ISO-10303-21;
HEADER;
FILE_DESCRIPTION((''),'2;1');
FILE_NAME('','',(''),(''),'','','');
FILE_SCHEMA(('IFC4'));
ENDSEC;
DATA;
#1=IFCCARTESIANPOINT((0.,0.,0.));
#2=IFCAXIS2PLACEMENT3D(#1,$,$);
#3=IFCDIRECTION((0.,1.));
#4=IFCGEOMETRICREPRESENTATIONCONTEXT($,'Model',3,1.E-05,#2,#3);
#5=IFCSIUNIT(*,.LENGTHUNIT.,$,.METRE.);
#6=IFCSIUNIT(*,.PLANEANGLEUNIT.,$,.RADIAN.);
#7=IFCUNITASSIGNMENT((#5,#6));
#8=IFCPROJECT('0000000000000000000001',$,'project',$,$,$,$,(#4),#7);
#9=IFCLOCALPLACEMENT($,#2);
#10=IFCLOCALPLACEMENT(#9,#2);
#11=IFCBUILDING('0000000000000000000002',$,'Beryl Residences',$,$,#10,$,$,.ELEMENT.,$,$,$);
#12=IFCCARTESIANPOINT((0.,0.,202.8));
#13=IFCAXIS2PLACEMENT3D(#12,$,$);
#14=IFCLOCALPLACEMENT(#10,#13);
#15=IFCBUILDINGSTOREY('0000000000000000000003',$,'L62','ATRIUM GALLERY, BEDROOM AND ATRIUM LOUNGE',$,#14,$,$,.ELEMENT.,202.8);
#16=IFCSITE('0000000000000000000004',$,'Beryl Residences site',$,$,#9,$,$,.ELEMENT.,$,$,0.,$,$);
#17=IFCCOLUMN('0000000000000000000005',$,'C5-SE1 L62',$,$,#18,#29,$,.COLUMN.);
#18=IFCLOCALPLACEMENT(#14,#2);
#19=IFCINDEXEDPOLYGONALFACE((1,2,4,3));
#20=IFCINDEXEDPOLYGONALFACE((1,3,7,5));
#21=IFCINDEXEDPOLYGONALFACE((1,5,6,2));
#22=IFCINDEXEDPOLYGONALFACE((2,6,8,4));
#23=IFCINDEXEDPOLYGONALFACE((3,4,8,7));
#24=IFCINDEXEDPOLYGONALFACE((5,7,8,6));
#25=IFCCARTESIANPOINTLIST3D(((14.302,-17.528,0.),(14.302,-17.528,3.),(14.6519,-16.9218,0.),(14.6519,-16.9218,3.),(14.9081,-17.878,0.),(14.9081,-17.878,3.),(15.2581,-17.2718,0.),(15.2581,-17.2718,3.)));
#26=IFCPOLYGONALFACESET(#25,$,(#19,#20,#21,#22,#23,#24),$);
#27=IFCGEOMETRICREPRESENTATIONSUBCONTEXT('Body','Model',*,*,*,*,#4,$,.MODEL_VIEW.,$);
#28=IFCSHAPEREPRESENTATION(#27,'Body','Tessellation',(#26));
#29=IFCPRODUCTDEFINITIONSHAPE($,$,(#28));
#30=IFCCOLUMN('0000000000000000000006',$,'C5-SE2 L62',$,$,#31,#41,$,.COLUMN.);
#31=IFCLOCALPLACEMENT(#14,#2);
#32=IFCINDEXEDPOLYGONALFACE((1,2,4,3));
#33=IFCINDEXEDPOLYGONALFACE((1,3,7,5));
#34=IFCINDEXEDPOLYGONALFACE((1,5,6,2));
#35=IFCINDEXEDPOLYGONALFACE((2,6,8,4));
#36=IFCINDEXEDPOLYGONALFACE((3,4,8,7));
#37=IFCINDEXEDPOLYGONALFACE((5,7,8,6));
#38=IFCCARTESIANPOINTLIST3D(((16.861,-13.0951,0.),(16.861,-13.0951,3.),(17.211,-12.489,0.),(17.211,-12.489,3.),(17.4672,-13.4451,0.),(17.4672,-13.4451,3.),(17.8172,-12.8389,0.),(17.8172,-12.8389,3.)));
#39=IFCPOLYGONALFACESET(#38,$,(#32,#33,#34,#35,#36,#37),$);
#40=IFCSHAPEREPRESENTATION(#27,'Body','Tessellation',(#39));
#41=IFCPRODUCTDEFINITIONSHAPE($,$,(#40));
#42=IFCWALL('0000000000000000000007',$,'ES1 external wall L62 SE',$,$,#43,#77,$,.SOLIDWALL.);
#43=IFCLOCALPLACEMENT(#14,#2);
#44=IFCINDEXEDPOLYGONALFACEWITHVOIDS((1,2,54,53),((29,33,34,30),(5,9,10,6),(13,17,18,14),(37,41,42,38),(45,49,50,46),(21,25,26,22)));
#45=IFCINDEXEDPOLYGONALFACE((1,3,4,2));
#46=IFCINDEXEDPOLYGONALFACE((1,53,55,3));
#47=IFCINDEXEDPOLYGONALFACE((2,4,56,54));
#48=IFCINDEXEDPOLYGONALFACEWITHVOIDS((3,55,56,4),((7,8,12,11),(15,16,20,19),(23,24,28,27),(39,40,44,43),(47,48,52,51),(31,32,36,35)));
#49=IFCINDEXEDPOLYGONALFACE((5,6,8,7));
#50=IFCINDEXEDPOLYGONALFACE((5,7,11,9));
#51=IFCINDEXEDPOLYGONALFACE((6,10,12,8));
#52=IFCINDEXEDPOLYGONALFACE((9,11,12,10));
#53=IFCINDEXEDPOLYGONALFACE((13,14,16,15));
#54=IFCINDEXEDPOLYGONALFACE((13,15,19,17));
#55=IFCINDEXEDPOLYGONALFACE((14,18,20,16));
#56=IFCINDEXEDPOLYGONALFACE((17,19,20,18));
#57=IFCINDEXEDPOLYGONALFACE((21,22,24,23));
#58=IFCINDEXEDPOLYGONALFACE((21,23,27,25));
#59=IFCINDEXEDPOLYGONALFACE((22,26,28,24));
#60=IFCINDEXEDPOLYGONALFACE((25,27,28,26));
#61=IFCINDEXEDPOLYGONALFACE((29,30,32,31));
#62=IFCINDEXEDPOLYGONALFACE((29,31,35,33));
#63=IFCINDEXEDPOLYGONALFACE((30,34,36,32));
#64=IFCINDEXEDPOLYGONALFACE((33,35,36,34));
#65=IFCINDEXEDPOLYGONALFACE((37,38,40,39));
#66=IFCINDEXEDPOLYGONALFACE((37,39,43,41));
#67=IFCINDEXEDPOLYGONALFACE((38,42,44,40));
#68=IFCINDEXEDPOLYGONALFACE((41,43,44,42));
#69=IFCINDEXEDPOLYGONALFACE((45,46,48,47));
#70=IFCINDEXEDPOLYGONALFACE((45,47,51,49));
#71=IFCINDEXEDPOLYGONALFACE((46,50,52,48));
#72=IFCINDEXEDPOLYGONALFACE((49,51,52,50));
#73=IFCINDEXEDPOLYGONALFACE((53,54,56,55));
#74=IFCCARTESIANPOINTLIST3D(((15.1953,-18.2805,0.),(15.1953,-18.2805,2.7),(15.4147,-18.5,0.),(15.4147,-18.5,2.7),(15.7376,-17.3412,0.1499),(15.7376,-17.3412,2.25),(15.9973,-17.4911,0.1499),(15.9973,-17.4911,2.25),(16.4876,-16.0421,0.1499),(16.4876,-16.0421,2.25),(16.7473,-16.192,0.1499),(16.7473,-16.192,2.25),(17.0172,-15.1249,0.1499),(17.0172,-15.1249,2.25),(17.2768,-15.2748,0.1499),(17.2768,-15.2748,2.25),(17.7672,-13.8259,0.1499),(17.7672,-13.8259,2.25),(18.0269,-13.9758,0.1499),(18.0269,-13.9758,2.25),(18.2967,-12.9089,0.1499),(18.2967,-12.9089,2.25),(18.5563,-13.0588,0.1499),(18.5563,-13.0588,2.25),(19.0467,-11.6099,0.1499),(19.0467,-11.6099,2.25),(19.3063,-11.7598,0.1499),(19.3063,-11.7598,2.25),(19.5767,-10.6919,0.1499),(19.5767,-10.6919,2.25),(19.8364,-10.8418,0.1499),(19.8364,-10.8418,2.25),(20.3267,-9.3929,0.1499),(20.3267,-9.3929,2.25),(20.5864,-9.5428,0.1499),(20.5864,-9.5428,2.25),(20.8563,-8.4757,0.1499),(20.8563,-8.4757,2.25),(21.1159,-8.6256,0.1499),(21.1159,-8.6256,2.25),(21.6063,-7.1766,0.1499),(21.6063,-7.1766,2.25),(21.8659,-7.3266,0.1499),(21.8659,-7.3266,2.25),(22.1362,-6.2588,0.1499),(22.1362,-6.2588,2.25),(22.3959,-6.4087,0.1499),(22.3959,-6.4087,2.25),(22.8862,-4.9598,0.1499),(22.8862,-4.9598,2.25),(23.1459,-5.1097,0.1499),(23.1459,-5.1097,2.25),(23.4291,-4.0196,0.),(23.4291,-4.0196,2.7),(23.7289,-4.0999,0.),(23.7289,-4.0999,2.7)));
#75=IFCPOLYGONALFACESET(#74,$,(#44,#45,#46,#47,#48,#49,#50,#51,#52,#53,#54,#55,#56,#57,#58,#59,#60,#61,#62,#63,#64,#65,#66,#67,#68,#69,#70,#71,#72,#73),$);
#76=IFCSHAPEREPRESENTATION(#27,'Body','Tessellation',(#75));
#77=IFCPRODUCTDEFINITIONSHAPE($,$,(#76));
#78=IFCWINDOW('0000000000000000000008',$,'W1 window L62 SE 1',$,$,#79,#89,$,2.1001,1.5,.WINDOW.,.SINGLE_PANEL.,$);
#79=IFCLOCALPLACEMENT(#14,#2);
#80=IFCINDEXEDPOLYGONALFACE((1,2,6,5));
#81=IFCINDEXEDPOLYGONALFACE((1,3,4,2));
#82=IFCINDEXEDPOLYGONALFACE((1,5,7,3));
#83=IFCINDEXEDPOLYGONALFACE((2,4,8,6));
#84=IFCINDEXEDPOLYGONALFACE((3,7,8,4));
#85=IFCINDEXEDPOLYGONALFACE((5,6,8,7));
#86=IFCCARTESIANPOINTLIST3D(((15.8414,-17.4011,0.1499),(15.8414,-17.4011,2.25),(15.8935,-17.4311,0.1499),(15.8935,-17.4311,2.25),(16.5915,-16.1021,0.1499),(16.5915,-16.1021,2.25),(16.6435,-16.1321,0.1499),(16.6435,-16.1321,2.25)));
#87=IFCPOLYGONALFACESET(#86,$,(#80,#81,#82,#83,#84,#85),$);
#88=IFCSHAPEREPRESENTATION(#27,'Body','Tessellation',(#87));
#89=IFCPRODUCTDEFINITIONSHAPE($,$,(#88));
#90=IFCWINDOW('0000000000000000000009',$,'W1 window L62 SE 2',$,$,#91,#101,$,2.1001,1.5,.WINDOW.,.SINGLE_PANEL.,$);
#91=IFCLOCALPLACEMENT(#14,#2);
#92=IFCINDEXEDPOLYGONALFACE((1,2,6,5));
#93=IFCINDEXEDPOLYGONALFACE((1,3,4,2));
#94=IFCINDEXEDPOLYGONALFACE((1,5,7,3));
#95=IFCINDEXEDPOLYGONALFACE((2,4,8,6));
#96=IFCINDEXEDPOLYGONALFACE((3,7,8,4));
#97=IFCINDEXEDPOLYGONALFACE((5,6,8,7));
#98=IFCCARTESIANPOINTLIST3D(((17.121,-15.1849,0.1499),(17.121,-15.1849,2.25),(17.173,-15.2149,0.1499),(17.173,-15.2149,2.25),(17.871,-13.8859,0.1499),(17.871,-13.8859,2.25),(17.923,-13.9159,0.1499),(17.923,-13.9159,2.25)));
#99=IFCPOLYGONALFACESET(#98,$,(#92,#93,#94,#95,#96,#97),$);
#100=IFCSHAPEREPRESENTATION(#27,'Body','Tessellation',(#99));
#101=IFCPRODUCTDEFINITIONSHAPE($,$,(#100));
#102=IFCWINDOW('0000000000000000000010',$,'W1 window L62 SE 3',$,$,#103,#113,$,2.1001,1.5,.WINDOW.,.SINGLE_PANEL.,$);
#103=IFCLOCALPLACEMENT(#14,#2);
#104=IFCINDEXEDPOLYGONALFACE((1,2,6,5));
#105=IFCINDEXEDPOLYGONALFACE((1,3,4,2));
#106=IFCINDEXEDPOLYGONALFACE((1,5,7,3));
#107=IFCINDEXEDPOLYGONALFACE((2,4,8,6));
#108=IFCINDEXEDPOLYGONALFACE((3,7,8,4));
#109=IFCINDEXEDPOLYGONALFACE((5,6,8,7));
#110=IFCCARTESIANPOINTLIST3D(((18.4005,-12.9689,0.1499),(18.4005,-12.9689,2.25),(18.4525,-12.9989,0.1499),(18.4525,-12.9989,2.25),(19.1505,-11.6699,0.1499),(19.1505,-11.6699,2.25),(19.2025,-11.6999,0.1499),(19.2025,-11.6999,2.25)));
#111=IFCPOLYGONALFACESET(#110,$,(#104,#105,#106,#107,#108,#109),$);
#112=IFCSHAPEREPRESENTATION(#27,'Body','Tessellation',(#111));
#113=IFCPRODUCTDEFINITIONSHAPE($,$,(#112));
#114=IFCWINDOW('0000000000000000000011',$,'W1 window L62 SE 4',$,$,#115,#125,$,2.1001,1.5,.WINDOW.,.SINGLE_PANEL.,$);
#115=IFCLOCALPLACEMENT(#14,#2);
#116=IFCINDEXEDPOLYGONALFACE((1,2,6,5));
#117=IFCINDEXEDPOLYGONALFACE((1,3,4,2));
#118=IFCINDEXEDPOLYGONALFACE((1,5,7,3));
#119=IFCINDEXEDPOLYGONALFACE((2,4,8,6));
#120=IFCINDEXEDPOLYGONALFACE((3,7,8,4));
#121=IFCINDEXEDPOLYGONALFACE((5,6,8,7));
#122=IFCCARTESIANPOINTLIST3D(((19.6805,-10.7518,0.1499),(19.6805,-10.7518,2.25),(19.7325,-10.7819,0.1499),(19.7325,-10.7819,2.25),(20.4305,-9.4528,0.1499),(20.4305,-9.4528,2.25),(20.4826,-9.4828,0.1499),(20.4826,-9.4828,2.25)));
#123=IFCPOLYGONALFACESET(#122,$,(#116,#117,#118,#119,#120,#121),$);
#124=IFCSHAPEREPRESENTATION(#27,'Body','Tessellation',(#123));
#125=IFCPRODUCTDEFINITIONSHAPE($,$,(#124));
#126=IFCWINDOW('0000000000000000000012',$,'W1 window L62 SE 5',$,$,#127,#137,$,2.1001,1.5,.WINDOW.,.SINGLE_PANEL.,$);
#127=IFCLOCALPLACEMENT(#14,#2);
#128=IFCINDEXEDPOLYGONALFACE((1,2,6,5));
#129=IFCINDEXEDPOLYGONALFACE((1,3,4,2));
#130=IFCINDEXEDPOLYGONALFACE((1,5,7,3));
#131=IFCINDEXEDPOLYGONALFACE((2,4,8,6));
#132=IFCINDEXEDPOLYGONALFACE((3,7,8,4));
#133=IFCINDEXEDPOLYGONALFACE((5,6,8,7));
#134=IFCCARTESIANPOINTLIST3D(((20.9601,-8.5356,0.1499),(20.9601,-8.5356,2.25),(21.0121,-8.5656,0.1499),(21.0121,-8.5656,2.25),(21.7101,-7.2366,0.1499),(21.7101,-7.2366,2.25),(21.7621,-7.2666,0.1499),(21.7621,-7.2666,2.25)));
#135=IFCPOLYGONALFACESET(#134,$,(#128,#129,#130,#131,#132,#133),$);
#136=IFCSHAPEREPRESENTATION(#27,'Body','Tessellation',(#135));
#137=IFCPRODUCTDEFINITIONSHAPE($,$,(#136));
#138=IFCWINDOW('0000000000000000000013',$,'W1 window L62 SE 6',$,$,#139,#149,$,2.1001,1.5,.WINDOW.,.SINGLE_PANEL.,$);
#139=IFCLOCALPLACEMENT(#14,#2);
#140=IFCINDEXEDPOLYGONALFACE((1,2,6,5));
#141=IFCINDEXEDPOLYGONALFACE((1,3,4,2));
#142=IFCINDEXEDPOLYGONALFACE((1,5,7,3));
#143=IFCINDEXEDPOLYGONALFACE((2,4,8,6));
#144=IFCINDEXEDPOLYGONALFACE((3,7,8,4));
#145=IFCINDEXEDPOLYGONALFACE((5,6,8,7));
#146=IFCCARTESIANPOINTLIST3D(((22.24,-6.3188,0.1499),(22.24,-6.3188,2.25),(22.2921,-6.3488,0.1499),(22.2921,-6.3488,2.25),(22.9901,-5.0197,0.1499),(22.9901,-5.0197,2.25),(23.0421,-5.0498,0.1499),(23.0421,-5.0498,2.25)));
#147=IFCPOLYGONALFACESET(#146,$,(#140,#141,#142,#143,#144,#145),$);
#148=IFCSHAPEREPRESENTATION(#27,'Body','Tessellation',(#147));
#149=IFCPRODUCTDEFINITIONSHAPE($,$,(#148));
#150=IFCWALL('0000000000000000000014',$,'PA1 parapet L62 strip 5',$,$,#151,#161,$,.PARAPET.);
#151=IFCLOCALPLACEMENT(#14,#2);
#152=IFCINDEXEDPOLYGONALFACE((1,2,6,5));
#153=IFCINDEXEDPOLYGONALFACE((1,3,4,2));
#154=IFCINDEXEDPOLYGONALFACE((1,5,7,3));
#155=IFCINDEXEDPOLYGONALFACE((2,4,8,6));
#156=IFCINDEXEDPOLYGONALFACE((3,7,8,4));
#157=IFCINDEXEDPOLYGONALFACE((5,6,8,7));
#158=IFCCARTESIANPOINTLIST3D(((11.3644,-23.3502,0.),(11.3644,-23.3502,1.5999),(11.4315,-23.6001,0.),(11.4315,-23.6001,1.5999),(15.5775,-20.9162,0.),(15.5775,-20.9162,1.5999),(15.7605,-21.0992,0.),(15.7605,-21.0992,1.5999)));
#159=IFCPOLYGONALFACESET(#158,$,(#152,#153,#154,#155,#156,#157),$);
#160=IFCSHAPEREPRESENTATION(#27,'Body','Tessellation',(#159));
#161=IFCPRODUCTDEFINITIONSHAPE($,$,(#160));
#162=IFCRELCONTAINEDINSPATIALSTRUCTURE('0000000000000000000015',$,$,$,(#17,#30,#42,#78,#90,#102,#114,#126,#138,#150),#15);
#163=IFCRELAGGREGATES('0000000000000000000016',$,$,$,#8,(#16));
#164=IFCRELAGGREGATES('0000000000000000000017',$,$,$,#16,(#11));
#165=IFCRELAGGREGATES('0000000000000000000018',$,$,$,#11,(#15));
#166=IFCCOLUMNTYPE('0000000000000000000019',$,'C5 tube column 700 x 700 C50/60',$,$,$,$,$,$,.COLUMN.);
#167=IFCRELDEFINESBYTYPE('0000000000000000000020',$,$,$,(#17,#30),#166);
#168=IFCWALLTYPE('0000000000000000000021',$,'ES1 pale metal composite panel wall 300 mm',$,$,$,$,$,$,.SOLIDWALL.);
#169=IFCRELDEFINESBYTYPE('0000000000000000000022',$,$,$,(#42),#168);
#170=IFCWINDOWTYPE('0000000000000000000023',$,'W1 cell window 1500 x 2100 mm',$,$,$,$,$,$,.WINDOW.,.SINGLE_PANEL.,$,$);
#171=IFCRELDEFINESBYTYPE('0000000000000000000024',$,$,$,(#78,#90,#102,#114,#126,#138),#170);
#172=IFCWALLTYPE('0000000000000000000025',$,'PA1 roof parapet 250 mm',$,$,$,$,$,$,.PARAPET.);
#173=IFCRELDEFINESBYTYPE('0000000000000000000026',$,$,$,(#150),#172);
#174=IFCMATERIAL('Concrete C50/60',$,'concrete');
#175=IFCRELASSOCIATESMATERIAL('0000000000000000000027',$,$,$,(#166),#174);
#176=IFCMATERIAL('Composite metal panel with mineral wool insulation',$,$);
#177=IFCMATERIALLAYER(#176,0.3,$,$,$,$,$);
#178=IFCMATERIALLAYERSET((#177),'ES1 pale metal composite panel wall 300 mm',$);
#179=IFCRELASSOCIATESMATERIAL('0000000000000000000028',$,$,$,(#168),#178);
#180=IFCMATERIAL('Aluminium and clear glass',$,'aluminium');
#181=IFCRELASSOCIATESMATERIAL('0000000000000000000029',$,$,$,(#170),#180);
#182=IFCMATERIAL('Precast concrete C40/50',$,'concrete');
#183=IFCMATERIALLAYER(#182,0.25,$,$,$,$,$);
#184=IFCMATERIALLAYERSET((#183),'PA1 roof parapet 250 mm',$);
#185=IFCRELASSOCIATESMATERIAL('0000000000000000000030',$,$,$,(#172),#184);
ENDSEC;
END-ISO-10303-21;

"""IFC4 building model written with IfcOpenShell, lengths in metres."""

from ifc_helpers import new_model, si_unit, direction, frame, frame_2d, origin, origin_2d, place, context, subcontext, project, spatial, polyline, rectangle, outline, extrude, material, layer, layer_set, material_profile, profile_set, type_object, element, fill, save


model = new_model("IFC4")

# Units and contexts
model_context = context("Model", 3, precision=1e-05, world=origin(), true_north=direction((0.0, 1.0)))
body_context = subcontext(model_context, "Body", "Model", "MODEL_VIEW")
ifc_project = project(units=[si_unit("LENGTHUNIT", "METRE"), si_unit("PLANEANGLEUNIT", "RADIAN")], contexts=[model_context])

# Site, building, storey
site_placement = place(None, origin())
site = spatial("IfcSite", under=ifc_project, at=site_placement, Name="Beryl Residences site", CompositionType="ELEMENT", RefElevation=0.0)
building_placement = place(site_placement, origin())
building = spatial("IfcBuilding", under=site, at=building_placement, Name="Beryl Residences", CompositionType="ELEMENT")
storey_placement = place(building_placement, frame((0.0, 0.0, 202.8)))
storey = spatial("IfcBuildingStorey", under=building, at=storey_placement, Name="L62", Description="ATRIUM GALLERY, BEDROOM AND ATRIUM LOUNGE", CompositionType="ELEMENT", Elevation=202.8)

# Columns
ifc_material_1 = material(Name="Concrete C50/60", Category="concrete")
ifc_material_profile = material_profile(ifc_material_1, rectangle(XDim=0.7, YDim=0.7, at=origin_2d()))
ifc_profile_set = profile_set([ifc_material_profile], Name="Concrete C50/60")
column_type = type_object("IfcColumnType", Name="C5 tube column 700 x 700 C50/60", PredefinedType="COLUMN", material=ifc_profile_set)
for number, where, z_axis, x_axis, name in (
    (1, (14.78, -17.3999, 0.0), (0.0, 0.0, 1.0), (0.499985, 0.866034, 0.0), "C5-SE1 L62"),
    (2, (17.3391, -12.967, 0.0), (0.0, 0.0, 1.0), (0.499985, 0.866034, 0.0), "C5-SE2 L62"),
):
    element("IfcColumn", number, at=place(storey_placement, frame(where, z_axis=z_axis, x_axis=x_axis)), inside=storey, type_object=column_type, Name=name, PredefinedType="COLUMN", context=body_context, shape_type="SweptSolid", body=[
        extrude(rectangle(XDim=0.7, YDim=0.7, at=origin_2d()), origin(), (0.0, 0.0, 1.0), 3.0),
    ])

# Wall, openings, windows
ifc_material_2 = material(Name="Composite metal panel with mineral wool insulation")
ifc_layer_1 = layer(ifc_material_2, 0.3)
ifc_layer_set_1 = layer_set([ifc_layer_1], Name="ES1 pale metal composite panel wall 300 mm")
wall_type_1 = type_object("IfcWallType", Name="ES1 pale metal composite panel wall 300 mm", PredefinedType="SOLIDWALL", material=ifc_layer_set_1)
wall_1_placement = place(storey_placement, frame((15.2849, -18.425, 0.0), z_axis=(0.0, 0.0, 1.0), x_axis=(0.500013, 0.866018, 0.0)))
wall_1 = element("IfcWall", 3, at=wall_1_placement, inside=storey, type_object=wall_type_1, Name="ES1 external wall L62 SE", PredefinedType="SOLIDWALL", context=body_context, shape_type="SweptSolid", body=[
    extrude(outline(polyline([(0.0, -0.1499), (16.6279, -0.1499), (16.5476, 0.1499), (0.0803, 0.1499), (0.0, -0.1499)])), origin(), (0.0, 0.0, 1.0), 2.7),
])
opening_1_placement = place(wall_1_placement, frame((1.165, 0.0, 0.1499)))
opening_1 = element("IfcOpeningElement", 4, at=opening_1_placement, cuts=wall_1, PredefinedType="OPENING", context=body_context, shape_type="SweptSolid", body=[
    extrude(rectangle(XDim=1.5, YDim=2.1001, at=frame_2d((0.75, 1.05))), frame((0.0, 0.1599, 0.0), z_axis=(0.0, -1.0, 0.0), x_axis=(1.0, 0.0, 0.0)), (0.0, 0.0, 1.0), 0.3201),
])
opening_2_placement = place(wall_1_placement, frame((3.7241, 0.0, 0.1499)))
opening_2 = element("IfcOpeningElement", 5, at=opening_2_placement, cuts=wall_1, PredefinedType="OPENING", context=body_context, shape_type="SweptSolid", body=[
    extrude(rectangle(XDim=1.5, YDim=2.1001, at=frame_2d((0.75, 1.05))), frame((0.0, 0.1599, 0.0), z_axis=(0.0, -1.0, 0.0), x_axis=(1.0, 0.0, 0.0)), (0.0, 0.0, 1.0), 0.3201),
])
opening_3_placement = place(wall_1_placement, frame((6.283, 0.0, 0.1499)))
opening_3 = element("IfcOpeningElement", 6, at=opening_3_placement, cuts=wall_1, PredefinedType="OPENING", context=body_context, shape_type="SweptSolid", body=[
    extrude(rectangle(XDim=1.5, YDim=2.1001, at=frame_2d((0.75, 1.05))), frame((0.0, 0.1599, 0.0), z_axis=(0.0, -1.0, 0.0), x_axis=(1.0, 0.0, 0.0)), (0.0, 0.0, 1.0), 0.3201),
])
opening_4_placement = place(wall_1_placement, frame((8.843, 0.0, 0.1499)))
opening_4 = element("IfcOpeningElement", 7, at=opening_4_placement, cuts=wall_1, PredefinedType="OPENING", context=body_context, shape_type="SweptSolid", body=[
    extrude(rectangle(XDim=1.5, YDim=2.1001, at=frame_2d((0.75, 1.05))), frame((0.0, 0.1599, 0.0), z_axis=(0.0, -1.0, 0.0), x_axis=(1.0, 0.0, 0.0)), (0.0, 0.0, 1.0), 0.3201),
])
opening_5_placement = place(wall_1_placement, frame((11.4021, 0.0, 0.1499)))
opening_5 = element("IfcOpeningElement", 8, at=opening_5_placement, cuts=wall_1, PredefinedType="OPENING", context=body_context, shape_type="SweptSolid", body=[
    extrude(rectangle(XDim=1.5, YDim=2.1001, at=frame_2d((0.75, 1.05))), frame((0.0, 0.1599, 0.0), z_axis=(0.0, -1.0, 0.0), x_axis=(1.0, 0.0, 0.0)), (0.0, 0.0, 1.0), 0.3201),
])
opening_6_placement = place(wall_1_placement, frame((13.9619, 0.0, 0.1499)))
opening_6 = element("IfcOpeningElement", 9, at=opening_6_placement, cuts=wall_1, PredefinedType="OPENING", context=body_context, shape_type="SweptSolid", body=[
    extrude(rectangle(XDim=1.5, YDim=2.1001, at=frame_2d((0.75, 1.05))), frame((0.0, 0.1599, 0.0), z_axis=(0.0, -1.0, 0.0), x_axis=(1.0, 0.0, 0.0)), (0.0, 0.0, 1.0), 0.3201),
])
ifc_material_3 = material(Name="Aluminium and clear glass", Category="aluminium")
window_type = type_object("IfcWindowType", Name="W1 cell window 1500 x 2100 mm", PartitioningType="SINGLE_PANEL", PredefinedType="WINDOW", material=ifc_material_3)
window_1_placement = place(opening_1_placement, origin())
window_1 = element("IfcWindow", 10, at=window_1_placement, inside=storey, type_object=window_type, Name="W1 window L62 SE 1", OverallHeight=2.1001, OverallWidth=1.5, PartitioningType="SINGLE_PANEL", PredefinedType="WINDOW", context=body_context, shape_type="SweptSolid", body=[
    extrude(rectangle(XDim=1.5, YDim=2.1001, at=frame_2d((0.75, 1.05))), frame((0.0, 0.03, 0.0), z_axis=(0.0, -1.0, 0.0), x_axis=(1.0, 0.0, 0.0)), (0.0, 0.0, 1.0), 0.0601),
])
fill(opening_1, window_1)
window_2_placement = place(opening_2_placement, origin())
window_2 = element("IfcWindow", 11, at=window_2_placement, inside=storey, type_object=window_type, Name="W1 window L62 SE 2", OverallHeight=2.1001, OverallWidth=1.5, PartitioningType="SINGLE_PANEL", PredefinedType="WINDOW", context=body_context, shape_type="SweptSolid", body=[
    extrude(rectangle(XDim=1.5, YDim=2.1001, at=frame_2d((0.75, 1.05))), frame((0.0, 0.03, 0.0), z_axis=(0.0, -1.0, 0.0), x_axis=(1.0, 0.0, 0.0)), (0.0, 0.0, 1.0), 0.0601),
])
fill(opening_2, window_2)
window_3_placement = place(opening_3_placement, origin())
window_3 = element("IfcWindow", 12, at=window_3_placement, inside=storey, type_object=window_type, Name="W1 window L62 SE 3", OverallHeight=2.1001, OverallWidth=1.5, PartitioningType="SINGLE_PANEL", PredefinedType="WINDOW", context=body_context, shape_type="SweptSolid", body=[
    extrude(rectangle(XDim=1.5, YDim=2.1001, at=frame_2d((0.75, 1.05))), frame((0.0, 0.03, 0.0), z_axis=(0.0, -1.0, 0.0), x_axis=(1.0, 0.0, 0.0)), (0.0, 0.0, 1.0), 0.0601),
])
fill(opening_3, window_3)
window_4_placement = place(opening_4_placement, origin())
window_4 = element("IfcWindow", 13, at=window_4_placement, inside=storey, type_object=window_type, Name="W1 window L62 SE 4", OverallHeight=2.1001, OverallWidth=1.5, PartitioningType="SINGLE_PANEL", PredefinedType="WINDOW", context=body_context, shape_type="SweptSolid", body=[
    extrude(rectangle(XDim=1.5, YDim=2.1001, at=frame_2d((0.75, 1.05))), frame((0.0, 0.03, 0.0), z_axis=(0.0, -1.0, 0.0), x_axis=(1.0, 0.0, 0.0)), (0.0, 0.0, 1.0), 0.0601),
])
fill(opening_4, window_4)
window_5_placement = place(opening_5_placement, origin())
window_5 = element("IfcWindow", 14, at=window_5_placement, inside=storey, type_object=window_type, Name="W1 window L62 SE 5", OverallHeight=2.1001, OverallWidth=1.5, PartitioningType="SINGLE_PANEL", PredefinedType="WINDOW", context=body_context, shape_type="SweptSolid", body=[
    extrude(rectangle(XDim=1.5, YDim=2.1001, at=frame_2d((0.75, 1.05))), frame((0.0, 0.03, 0.0), z_axis=(0.0, -1.0, 0.0), x_axis=(1.0, 0.0, 0.0)), (0.0, 0.0, 1.0), 0.0601),
])
fill(opening_5, window_5)
window_6_placement = place(opening_6_placement, origin())
window_6 = element("IfcWindow", 15, at=window_6_placement, inside=storey, type_object=window_type, Name="W1 window L62 SE 6", OverallHeight=2.1001, OverallWidth=1.5, PartitioningType="SINGLE_PANEL", PredefinedType="WINDOW", context=body_context, shape_type="SweptSolid", body=[
    extrude(rectangle(XDim=1.5, YDim=2.1001, at=frame_2d((0.75, 1.05))), frame((0.0, 0.03, 0.0), z_axis=(0.0, -1.0, 0.0), x_axis=(1.0, 0.0, 0.0)), (0.0, 0.0, 1.0), 0.0601),
])
fill(opening_6, window_6)

# Wall
ifc_material_4 = material(Name="Precast concrete C40/50", Category="concrete")
ifc_layer_2 = layer(ifc_material_4, 0.25)
ifc_layer_set_2 = layer_set([ifc_layer_2], Name="PA1 roof parapet 250 mm")
wall_type_2 = type_object("IfcWallType", Name="PA1 roof parapet 250 mm", PredefinedType="PARAPET", material=ifc_layer_set_2)
wall_2_placement = place(storey_placement, frame((15.698, -20.991, 0.0), z_axis=(0.0, 0.0, 1.0), x_axis=(-0.86589, -0.500235, 0.0)))
element("IfcWall", 16, at=wall_2_placement, inside=storey, type_object=wall_type_2, Name="PA1 parapet L62 strip 5", PredefinedType="PARAPET", context=body_context, shape_type="SweptSolid", body=[
    extrude(outline(polyline([(0.0669, -0.125), (4.9326, -0.125), (4.9995, 0.125), (0.0, 0.125), (0.0669, -0.125)])), origin(), (0.0, 0.0, 1.0), 1.5999),
])

save(model, "model.ifc")
